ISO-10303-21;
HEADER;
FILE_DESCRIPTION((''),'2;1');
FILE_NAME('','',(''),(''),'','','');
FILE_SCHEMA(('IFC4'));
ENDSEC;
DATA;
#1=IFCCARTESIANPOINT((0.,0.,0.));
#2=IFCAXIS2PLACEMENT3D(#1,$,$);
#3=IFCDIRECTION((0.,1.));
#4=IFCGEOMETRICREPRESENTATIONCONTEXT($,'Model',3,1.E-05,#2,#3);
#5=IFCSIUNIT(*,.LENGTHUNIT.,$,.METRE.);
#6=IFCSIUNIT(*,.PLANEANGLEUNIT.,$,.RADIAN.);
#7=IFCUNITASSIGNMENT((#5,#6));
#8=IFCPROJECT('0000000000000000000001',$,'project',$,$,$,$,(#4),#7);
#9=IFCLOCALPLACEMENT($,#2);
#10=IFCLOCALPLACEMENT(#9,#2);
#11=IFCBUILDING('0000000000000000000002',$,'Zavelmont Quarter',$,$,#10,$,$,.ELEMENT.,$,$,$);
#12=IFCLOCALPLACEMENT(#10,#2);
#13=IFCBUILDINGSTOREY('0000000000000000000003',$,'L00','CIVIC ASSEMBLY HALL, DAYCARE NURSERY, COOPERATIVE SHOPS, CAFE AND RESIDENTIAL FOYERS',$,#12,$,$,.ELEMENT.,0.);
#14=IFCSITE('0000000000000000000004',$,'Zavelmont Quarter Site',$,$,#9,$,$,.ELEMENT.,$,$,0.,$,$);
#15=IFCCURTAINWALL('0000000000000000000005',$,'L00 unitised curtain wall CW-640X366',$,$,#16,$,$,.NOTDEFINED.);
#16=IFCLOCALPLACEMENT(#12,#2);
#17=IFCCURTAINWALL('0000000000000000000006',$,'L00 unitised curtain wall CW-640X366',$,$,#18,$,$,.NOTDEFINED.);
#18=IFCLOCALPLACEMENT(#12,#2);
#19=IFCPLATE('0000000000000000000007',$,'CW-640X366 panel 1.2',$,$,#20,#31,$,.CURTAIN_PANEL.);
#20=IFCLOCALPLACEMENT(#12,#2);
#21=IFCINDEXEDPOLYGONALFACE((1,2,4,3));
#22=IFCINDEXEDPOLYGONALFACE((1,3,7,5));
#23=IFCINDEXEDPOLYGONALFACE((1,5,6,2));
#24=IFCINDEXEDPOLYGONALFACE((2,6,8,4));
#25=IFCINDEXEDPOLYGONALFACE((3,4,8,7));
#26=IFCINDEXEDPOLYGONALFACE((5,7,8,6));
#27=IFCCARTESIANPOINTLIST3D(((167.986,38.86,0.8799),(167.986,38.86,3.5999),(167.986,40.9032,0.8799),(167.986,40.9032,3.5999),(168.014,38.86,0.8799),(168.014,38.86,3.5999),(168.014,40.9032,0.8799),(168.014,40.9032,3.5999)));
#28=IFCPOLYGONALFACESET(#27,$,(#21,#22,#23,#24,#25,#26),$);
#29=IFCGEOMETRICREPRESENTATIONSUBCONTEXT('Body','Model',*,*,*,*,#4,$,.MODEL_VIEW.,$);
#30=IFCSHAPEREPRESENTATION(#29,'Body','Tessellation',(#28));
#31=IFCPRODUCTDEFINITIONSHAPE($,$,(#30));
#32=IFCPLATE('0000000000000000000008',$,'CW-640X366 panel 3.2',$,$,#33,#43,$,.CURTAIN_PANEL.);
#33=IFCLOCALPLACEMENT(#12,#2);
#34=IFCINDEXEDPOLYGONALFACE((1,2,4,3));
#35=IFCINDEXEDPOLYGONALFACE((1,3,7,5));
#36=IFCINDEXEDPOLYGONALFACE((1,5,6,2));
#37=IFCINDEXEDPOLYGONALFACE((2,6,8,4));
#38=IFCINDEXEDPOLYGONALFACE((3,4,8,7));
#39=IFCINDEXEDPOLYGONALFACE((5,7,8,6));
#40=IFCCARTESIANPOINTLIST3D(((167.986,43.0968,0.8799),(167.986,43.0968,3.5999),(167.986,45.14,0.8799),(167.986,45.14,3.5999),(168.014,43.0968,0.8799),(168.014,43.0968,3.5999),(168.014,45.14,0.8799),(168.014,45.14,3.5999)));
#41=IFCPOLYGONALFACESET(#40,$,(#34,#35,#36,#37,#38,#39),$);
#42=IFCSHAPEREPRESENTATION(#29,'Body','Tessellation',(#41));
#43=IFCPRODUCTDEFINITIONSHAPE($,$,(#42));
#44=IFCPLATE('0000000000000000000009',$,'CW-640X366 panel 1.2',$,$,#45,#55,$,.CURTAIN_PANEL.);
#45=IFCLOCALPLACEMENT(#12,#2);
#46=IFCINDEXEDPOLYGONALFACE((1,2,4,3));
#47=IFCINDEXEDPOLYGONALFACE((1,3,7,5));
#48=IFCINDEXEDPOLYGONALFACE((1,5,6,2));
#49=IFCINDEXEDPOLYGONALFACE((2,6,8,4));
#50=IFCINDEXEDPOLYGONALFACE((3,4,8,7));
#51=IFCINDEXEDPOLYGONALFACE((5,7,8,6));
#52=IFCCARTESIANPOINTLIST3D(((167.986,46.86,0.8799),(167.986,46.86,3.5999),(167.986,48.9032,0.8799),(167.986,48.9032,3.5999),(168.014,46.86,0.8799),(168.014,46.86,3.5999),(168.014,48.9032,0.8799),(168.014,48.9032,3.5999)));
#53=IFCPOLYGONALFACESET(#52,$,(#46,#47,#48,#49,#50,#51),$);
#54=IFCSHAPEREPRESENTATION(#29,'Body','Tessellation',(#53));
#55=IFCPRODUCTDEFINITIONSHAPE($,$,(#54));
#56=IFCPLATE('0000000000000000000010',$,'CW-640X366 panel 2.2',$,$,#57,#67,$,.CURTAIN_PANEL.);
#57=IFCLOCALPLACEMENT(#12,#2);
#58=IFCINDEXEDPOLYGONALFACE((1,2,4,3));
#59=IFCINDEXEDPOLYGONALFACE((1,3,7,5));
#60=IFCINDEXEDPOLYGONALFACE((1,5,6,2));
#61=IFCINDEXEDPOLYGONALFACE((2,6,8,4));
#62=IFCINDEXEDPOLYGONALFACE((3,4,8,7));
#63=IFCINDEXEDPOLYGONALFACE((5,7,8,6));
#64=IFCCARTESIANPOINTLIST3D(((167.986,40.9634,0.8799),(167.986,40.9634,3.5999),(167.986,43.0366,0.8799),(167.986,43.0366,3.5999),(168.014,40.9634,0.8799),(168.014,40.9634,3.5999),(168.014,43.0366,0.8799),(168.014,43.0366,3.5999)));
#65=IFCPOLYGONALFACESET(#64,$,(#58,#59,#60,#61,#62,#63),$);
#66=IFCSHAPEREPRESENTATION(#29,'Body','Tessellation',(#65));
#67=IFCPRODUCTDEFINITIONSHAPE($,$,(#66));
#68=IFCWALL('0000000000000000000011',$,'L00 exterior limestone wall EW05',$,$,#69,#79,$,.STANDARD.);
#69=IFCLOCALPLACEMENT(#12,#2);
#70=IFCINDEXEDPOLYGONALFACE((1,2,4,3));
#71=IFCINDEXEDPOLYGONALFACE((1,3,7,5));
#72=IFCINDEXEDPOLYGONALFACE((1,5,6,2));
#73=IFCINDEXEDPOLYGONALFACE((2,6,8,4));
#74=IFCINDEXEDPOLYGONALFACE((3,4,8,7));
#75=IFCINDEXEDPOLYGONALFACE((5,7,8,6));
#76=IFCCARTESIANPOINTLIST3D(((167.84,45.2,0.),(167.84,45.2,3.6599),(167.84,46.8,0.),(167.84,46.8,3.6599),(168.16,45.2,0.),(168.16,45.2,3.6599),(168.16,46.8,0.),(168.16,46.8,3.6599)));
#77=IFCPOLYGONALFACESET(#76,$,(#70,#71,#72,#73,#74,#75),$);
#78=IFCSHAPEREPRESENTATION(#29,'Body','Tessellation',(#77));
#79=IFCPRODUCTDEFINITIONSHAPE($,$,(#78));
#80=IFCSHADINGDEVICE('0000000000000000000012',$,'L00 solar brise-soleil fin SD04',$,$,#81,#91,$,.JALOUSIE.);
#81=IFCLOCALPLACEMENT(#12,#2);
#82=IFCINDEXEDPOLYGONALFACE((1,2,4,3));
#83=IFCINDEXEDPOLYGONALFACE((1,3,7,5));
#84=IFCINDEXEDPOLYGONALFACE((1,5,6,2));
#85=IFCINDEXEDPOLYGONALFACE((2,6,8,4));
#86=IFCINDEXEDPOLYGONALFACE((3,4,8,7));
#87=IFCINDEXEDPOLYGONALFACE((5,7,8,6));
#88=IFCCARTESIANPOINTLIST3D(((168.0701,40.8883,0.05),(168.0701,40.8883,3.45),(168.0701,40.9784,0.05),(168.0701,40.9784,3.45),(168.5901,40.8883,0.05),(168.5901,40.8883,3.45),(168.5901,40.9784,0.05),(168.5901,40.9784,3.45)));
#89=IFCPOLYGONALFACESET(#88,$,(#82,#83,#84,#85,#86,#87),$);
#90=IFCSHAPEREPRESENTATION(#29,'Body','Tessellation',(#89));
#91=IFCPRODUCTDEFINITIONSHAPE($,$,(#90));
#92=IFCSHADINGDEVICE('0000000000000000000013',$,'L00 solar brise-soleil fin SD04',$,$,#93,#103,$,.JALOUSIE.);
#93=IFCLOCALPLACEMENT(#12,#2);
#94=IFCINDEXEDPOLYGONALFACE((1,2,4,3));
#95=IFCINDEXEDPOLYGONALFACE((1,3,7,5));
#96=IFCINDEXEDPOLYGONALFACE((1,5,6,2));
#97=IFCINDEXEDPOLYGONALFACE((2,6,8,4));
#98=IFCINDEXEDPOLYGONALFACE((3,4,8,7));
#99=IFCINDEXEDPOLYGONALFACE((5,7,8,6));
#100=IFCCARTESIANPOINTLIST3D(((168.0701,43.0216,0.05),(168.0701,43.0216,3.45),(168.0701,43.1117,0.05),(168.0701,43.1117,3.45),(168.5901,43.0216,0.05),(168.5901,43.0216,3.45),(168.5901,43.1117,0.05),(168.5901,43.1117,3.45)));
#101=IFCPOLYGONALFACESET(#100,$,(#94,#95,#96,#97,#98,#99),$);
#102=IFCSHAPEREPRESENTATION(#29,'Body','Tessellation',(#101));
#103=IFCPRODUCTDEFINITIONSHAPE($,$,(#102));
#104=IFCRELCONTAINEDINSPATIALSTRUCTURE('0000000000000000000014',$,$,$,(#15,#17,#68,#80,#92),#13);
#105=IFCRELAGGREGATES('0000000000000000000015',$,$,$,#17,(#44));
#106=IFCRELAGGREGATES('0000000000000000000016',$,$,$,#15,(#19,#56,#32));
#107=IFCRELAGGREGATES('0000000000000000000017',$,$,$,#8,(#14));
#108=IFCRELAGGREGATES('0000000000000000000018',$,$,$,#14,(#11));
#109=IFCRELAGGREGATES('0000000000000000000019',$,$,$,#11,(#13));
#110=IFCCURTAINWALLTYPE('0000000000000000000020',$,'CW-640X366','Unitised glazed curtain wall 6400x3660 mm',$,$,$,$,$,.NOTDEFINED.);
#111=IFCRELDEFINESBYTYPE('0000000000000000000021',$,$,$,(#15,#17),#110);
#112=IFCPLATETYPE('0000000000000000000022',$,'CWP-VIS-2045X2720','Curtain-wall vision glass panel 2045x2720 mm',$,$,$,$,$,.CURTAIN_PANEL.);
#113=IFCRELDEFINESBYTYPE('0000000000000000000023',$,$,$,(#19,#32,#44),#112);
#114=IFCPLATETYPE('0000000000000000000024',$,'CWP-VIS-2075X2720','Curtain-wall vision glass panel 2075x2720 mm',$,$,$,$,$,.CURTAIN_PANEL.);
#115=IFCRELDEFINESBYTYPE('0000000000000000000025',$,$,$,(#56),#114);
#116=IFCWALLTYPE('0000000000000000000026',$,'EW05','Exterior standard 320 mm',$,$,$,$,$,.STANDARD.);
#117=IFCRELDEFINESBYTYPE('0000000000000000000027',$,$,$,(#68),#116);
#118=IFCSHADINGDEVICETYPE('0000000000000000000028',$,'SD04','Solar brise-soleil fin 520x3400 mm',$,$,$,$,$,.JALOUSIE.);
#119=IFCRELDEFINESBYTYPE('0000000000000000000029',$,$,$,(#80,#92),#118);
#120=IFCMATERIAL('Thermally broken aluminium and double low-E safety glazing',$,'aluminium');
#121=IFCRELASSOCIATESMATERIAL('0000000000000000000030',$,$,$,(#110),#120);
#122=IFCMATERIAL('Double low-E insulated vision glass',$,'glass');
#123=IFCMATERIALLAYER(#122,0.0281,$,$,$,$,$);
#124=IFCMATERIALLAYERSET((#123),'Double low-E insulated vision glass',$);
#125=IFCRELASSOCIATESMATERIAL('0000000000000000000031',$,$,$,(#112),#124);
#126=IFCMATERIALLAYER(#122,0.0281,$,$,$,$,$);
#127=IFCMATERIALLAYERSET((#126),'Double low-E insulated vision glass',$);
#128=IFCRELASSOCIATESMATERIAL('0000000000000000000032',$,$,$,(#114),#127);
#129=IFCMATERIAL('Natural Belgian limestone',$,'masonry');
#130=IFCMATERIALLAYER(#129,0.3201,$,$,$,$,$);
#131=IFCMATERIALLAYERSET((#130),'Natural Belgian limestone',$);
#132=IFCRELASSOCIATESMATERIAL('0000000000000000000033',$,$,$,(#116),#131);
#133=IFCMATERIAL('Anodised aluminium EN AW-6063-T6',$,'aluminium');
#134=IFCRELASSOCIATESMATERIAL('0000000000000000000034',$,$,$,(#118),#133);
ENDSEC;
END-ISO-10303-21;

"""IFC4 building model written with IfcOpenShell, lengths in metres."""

from ifc_helpers import new_model, si_unit, direction, frame, frame_2d, origin, origin_2d, place, context, subcontext, project, spatial, rectangle, extrude, material, layer, layer_set, type_object, element, aggregate, save


model = new_model("IFC4")

# Units and contexts
model_context = context("Model", 3, precision=1e-05, world=origin(), true_north=direction((0.0, 1.0)))
body_context = subcontext(model_context, "Body", "Model", "MODEL_VIEW")
ifc_project = project(units=[si_unit("LENGTHUNIT", "METRE"), si_unit("PLANEANGLEUNIT", "RADIAN")], contexts=[model_context])

# Site, building, storey
site_placement = place(None, origin())
site = spatial("IfcSite", under=ifc_project, at=site_placement, Name="Zavelmont Quarter Site", CompositionType="ELEMENT", RefElevation=0.0)
building_placement = place(site_placement, origin())
building = spatial("IfcBuilding", under=site, at=building_placement, Name="Zavelmont Quarter", CompositionType="ELEMENT")
storey_placement = place(building_placement, origin())
storey = spatial("IfcBuildingStorey", under=building, at=storey_placement, Name="L00", Description="CIVIC ASSEMBLY HALL, DAYCARE NURSERY, COOPERATIVE SHOPS, CAFE AND RESIDENTIAL FOYERS", CompositionType="ELEMENT", Elevation=0.0)

# Curtain walls
ifc_material_1 = material(Name="Thermally broken aluminium and double low-E safety glazing", Category="aluminium")
curtain_wall_type = type_object("IfcCurtainWallType", Name="CW-640X366", Description="Unitised glazed curtain wall 6400x3660 mm", PredefinedType="NOTDEFINED", material=ifc_material_1)
curtain_wall_1_placement = place(storey_placement, origin())
curtain_wall_1 = element("IfcCurtainWall", 1, at=curtain_wall_1_placement, inside=storey, type_object=curtain_wall_type, Name="L00 unitised curtain wall CW-640X366", PredefinedType="NOTDEFINED")
curtain_wall_2_placement = place(storey_placement, origin())
curtain_wall_2 = element("IfcCurtainWall", 2, at=curtain_wall_2_placement, inside=storey, type_object=curtain_wall_type, Name="L00 unitised curtain wall CW-640X366", PredefinedType="NOTDEFINED")

# Plates
ifc_material_2 = material(Name="Double low-E insulated vision glass", Category="glass")
ifc_layer_1 = layer(ifc_material_2, 0.0281)
ifc_layer_set_1 = layer_set([ifc_layer_1], Name="Double low-E insulated vision glass")
plate_type_1 = type_object("IfcPlateType", Name="CWP-VIS-2045X2720", Description="Curtain-wall vision glass panel 2045x2720 mm", PredefinedType="CURTAIN_PANEL", material=ifc_layer_set_1)
plate_1_placement = place(storey_placement, frame((168.0, 39.8816, 0.8799), z_axis=(0.0, 0.0, 1.0), x_axis=(0.0, 1.0, 0.0)))
plate_1 = element("IfcPlate", 3, at=plate_1_placement, type_object=plate_type_1, Name="CW-640X366 panel 1.2", PredefinedType="CURTAIN_PANEL", context=body_context, shape_type="SweptSolid", body=[
    extrude(rectangle(XDim=2.0432, YDim=0.0281, at=origin_2d()), origin(), (0.0, 0.0, 1.0), 2.72),
])
plate_2_placement = place(storey_placement, frame((168.0, 44.1184, 0.8799), z_axis=(0.0, 0.0, 1.0), x_axis=(0.0, 1.0, 0.0)))
plate_2 = element("IfcPlate", 4, at=plate_2_placement, type_object=plate_type_1, Name="CW-640X366 panel 3.2", PredefinedType="CURTAIN_PANEL", context=body_context, shape_type="SweptSolid", body=[
    extrude(rectangle(XDim=2.0432, YDim=0.0281, at=origin_2d()), origin(), (0.0, 0.0, 1.0), 2.72),
])
plate_3_placement = place(storey_placement, frame((168.0, 47.8816, 0.8799), z_axis=(0.0, 0.0, 1.0), x_axis=(0.0, 1.0, 0.0)))
plate_3 = element("IfcPlate", 5, at=plate_3_placement, type_object=plate_type_1, Name="CW-640X366 panel 1.2", PredefinedType="CURTAIN_PANEL", context=body_context, shape_type="SweptSolid", body=[
    extrude(rectangle(XDim=2.0432, YDim=0.0281, at=origin_2d()), origin(), (0.0, 0.0, 1.0), 2.72),
])
aggregate(curtain_wall_2, [plate_3])
ifc_layer_2 = layer(ifc_material_2, 0.0281)
ifc_layer_set_2 = layer_set([ifc_layer_2], Name="Double low-E insulated vision glass")
plate_type_2 = type_object("IfcPlateType", Name="CWP-VIS-2075X2720", Description="Curtain-wall vision glass panel 2075x2720 mm", PredefinedType="CURTAIN_PANEL", material=ifc_layer_set_2)
plate_4_placement = place(storey_placement, frame((168.0, 42.0, 0.8799), z_axis=(0.0, 0.0, 1.0), x_axis=(0.0, 1.0, 0.0)))
plate_4 = element("IfcPlate", 6, at=plate_4_placement, type_object=plate_type_2, Name="CW-640X366 panel 2.2", PredefinedType="CURTAIN_PANEL", context=body_context, shape_type="SweptSolid", body=[
    extrude(rectangle(XDim=2.0732, YDim=0.0281, at=origin_2d()), origin(), (0.0, 0.0, 1.0), 2.72),
])
aggregate(curtain_wall_1, [plate_1, plate_4, plate_2])

# Wall
ifc_material_3 = material(Name="Natural Belgian limestone", Category="masonry")
ifc_layer_3 = layer(ifc_material_3, 0.3201)
ifc_layer_set_3 = layer_set([ifc_layer_3], Name="Natural Belgian limestone")
wall_type = type_object("IfcWallType", Name="EW05", Description="Exterior standard 320 mm", PredefinedType="STANDARD", material=ifc_layer_set_3)
wall_placement = place(storey_placement, frame((168.0, 45.2, 0.0), z_axis=(0.0, 0.0, 1.0), x_axis=(0.0, 1.0, 0.0)))
element("IfcWall", 7, at=wall_placement, inside=storey, type_object=wall_type, Name="L00 exterior limestone wall EW05", PredefinedType="STANDARD", context=body_context, shape_type="SweptSolid", body=[
    extrude(rectangle(XDim=1.6001, YDim=0.3201, at=frame_2d((0.8, 0.0))), origin(), (0.0, 0.0, 1.0), 3.6599),
])

# Shading devices
ifc_material_4 = material(Name="Anodised aluminium EN AW-6063-T6", Category="aluminium")
shading_device_type = type_object("IfcShadingDeviceType", Name="SD04", Description="Solar brise-soleil fin 520x3400 mm", PredefinedType="JALOUSIE", material=ifc_material_4)
for number, where, z_axis, x_axis, name in (
    (8, (168.3301, 40.9333, 0.05), (0.0, 0.0, 1.0), (0.0, 1.0, 0.0), "L00 solar brise-soleil fin SD04"),
    (9, (168.3301, 43.0667, 0.05), (0.0, 0.0, 1.0), (0.0, 1.0, 0.0), "L00 solar brise-soleil fin SD04"),
):
    element("IfcShadingDevice", number, at=place(storey_placement, frame(where, z_axis=z_axis, x_axis=x_axis)), inside=storey, type_object=shading_device_type, Name=name, PredefinedType="JALOUSIE", context=body_context, shape_type="SweptSolid", body=[
        extrude(rectangle(XDim=0.0901, YDim=0.52, at=origin_2d()), origin(), (0.0, 0.0, 1.0), 3.3999),
    ])

save(model, "model.ifc")
